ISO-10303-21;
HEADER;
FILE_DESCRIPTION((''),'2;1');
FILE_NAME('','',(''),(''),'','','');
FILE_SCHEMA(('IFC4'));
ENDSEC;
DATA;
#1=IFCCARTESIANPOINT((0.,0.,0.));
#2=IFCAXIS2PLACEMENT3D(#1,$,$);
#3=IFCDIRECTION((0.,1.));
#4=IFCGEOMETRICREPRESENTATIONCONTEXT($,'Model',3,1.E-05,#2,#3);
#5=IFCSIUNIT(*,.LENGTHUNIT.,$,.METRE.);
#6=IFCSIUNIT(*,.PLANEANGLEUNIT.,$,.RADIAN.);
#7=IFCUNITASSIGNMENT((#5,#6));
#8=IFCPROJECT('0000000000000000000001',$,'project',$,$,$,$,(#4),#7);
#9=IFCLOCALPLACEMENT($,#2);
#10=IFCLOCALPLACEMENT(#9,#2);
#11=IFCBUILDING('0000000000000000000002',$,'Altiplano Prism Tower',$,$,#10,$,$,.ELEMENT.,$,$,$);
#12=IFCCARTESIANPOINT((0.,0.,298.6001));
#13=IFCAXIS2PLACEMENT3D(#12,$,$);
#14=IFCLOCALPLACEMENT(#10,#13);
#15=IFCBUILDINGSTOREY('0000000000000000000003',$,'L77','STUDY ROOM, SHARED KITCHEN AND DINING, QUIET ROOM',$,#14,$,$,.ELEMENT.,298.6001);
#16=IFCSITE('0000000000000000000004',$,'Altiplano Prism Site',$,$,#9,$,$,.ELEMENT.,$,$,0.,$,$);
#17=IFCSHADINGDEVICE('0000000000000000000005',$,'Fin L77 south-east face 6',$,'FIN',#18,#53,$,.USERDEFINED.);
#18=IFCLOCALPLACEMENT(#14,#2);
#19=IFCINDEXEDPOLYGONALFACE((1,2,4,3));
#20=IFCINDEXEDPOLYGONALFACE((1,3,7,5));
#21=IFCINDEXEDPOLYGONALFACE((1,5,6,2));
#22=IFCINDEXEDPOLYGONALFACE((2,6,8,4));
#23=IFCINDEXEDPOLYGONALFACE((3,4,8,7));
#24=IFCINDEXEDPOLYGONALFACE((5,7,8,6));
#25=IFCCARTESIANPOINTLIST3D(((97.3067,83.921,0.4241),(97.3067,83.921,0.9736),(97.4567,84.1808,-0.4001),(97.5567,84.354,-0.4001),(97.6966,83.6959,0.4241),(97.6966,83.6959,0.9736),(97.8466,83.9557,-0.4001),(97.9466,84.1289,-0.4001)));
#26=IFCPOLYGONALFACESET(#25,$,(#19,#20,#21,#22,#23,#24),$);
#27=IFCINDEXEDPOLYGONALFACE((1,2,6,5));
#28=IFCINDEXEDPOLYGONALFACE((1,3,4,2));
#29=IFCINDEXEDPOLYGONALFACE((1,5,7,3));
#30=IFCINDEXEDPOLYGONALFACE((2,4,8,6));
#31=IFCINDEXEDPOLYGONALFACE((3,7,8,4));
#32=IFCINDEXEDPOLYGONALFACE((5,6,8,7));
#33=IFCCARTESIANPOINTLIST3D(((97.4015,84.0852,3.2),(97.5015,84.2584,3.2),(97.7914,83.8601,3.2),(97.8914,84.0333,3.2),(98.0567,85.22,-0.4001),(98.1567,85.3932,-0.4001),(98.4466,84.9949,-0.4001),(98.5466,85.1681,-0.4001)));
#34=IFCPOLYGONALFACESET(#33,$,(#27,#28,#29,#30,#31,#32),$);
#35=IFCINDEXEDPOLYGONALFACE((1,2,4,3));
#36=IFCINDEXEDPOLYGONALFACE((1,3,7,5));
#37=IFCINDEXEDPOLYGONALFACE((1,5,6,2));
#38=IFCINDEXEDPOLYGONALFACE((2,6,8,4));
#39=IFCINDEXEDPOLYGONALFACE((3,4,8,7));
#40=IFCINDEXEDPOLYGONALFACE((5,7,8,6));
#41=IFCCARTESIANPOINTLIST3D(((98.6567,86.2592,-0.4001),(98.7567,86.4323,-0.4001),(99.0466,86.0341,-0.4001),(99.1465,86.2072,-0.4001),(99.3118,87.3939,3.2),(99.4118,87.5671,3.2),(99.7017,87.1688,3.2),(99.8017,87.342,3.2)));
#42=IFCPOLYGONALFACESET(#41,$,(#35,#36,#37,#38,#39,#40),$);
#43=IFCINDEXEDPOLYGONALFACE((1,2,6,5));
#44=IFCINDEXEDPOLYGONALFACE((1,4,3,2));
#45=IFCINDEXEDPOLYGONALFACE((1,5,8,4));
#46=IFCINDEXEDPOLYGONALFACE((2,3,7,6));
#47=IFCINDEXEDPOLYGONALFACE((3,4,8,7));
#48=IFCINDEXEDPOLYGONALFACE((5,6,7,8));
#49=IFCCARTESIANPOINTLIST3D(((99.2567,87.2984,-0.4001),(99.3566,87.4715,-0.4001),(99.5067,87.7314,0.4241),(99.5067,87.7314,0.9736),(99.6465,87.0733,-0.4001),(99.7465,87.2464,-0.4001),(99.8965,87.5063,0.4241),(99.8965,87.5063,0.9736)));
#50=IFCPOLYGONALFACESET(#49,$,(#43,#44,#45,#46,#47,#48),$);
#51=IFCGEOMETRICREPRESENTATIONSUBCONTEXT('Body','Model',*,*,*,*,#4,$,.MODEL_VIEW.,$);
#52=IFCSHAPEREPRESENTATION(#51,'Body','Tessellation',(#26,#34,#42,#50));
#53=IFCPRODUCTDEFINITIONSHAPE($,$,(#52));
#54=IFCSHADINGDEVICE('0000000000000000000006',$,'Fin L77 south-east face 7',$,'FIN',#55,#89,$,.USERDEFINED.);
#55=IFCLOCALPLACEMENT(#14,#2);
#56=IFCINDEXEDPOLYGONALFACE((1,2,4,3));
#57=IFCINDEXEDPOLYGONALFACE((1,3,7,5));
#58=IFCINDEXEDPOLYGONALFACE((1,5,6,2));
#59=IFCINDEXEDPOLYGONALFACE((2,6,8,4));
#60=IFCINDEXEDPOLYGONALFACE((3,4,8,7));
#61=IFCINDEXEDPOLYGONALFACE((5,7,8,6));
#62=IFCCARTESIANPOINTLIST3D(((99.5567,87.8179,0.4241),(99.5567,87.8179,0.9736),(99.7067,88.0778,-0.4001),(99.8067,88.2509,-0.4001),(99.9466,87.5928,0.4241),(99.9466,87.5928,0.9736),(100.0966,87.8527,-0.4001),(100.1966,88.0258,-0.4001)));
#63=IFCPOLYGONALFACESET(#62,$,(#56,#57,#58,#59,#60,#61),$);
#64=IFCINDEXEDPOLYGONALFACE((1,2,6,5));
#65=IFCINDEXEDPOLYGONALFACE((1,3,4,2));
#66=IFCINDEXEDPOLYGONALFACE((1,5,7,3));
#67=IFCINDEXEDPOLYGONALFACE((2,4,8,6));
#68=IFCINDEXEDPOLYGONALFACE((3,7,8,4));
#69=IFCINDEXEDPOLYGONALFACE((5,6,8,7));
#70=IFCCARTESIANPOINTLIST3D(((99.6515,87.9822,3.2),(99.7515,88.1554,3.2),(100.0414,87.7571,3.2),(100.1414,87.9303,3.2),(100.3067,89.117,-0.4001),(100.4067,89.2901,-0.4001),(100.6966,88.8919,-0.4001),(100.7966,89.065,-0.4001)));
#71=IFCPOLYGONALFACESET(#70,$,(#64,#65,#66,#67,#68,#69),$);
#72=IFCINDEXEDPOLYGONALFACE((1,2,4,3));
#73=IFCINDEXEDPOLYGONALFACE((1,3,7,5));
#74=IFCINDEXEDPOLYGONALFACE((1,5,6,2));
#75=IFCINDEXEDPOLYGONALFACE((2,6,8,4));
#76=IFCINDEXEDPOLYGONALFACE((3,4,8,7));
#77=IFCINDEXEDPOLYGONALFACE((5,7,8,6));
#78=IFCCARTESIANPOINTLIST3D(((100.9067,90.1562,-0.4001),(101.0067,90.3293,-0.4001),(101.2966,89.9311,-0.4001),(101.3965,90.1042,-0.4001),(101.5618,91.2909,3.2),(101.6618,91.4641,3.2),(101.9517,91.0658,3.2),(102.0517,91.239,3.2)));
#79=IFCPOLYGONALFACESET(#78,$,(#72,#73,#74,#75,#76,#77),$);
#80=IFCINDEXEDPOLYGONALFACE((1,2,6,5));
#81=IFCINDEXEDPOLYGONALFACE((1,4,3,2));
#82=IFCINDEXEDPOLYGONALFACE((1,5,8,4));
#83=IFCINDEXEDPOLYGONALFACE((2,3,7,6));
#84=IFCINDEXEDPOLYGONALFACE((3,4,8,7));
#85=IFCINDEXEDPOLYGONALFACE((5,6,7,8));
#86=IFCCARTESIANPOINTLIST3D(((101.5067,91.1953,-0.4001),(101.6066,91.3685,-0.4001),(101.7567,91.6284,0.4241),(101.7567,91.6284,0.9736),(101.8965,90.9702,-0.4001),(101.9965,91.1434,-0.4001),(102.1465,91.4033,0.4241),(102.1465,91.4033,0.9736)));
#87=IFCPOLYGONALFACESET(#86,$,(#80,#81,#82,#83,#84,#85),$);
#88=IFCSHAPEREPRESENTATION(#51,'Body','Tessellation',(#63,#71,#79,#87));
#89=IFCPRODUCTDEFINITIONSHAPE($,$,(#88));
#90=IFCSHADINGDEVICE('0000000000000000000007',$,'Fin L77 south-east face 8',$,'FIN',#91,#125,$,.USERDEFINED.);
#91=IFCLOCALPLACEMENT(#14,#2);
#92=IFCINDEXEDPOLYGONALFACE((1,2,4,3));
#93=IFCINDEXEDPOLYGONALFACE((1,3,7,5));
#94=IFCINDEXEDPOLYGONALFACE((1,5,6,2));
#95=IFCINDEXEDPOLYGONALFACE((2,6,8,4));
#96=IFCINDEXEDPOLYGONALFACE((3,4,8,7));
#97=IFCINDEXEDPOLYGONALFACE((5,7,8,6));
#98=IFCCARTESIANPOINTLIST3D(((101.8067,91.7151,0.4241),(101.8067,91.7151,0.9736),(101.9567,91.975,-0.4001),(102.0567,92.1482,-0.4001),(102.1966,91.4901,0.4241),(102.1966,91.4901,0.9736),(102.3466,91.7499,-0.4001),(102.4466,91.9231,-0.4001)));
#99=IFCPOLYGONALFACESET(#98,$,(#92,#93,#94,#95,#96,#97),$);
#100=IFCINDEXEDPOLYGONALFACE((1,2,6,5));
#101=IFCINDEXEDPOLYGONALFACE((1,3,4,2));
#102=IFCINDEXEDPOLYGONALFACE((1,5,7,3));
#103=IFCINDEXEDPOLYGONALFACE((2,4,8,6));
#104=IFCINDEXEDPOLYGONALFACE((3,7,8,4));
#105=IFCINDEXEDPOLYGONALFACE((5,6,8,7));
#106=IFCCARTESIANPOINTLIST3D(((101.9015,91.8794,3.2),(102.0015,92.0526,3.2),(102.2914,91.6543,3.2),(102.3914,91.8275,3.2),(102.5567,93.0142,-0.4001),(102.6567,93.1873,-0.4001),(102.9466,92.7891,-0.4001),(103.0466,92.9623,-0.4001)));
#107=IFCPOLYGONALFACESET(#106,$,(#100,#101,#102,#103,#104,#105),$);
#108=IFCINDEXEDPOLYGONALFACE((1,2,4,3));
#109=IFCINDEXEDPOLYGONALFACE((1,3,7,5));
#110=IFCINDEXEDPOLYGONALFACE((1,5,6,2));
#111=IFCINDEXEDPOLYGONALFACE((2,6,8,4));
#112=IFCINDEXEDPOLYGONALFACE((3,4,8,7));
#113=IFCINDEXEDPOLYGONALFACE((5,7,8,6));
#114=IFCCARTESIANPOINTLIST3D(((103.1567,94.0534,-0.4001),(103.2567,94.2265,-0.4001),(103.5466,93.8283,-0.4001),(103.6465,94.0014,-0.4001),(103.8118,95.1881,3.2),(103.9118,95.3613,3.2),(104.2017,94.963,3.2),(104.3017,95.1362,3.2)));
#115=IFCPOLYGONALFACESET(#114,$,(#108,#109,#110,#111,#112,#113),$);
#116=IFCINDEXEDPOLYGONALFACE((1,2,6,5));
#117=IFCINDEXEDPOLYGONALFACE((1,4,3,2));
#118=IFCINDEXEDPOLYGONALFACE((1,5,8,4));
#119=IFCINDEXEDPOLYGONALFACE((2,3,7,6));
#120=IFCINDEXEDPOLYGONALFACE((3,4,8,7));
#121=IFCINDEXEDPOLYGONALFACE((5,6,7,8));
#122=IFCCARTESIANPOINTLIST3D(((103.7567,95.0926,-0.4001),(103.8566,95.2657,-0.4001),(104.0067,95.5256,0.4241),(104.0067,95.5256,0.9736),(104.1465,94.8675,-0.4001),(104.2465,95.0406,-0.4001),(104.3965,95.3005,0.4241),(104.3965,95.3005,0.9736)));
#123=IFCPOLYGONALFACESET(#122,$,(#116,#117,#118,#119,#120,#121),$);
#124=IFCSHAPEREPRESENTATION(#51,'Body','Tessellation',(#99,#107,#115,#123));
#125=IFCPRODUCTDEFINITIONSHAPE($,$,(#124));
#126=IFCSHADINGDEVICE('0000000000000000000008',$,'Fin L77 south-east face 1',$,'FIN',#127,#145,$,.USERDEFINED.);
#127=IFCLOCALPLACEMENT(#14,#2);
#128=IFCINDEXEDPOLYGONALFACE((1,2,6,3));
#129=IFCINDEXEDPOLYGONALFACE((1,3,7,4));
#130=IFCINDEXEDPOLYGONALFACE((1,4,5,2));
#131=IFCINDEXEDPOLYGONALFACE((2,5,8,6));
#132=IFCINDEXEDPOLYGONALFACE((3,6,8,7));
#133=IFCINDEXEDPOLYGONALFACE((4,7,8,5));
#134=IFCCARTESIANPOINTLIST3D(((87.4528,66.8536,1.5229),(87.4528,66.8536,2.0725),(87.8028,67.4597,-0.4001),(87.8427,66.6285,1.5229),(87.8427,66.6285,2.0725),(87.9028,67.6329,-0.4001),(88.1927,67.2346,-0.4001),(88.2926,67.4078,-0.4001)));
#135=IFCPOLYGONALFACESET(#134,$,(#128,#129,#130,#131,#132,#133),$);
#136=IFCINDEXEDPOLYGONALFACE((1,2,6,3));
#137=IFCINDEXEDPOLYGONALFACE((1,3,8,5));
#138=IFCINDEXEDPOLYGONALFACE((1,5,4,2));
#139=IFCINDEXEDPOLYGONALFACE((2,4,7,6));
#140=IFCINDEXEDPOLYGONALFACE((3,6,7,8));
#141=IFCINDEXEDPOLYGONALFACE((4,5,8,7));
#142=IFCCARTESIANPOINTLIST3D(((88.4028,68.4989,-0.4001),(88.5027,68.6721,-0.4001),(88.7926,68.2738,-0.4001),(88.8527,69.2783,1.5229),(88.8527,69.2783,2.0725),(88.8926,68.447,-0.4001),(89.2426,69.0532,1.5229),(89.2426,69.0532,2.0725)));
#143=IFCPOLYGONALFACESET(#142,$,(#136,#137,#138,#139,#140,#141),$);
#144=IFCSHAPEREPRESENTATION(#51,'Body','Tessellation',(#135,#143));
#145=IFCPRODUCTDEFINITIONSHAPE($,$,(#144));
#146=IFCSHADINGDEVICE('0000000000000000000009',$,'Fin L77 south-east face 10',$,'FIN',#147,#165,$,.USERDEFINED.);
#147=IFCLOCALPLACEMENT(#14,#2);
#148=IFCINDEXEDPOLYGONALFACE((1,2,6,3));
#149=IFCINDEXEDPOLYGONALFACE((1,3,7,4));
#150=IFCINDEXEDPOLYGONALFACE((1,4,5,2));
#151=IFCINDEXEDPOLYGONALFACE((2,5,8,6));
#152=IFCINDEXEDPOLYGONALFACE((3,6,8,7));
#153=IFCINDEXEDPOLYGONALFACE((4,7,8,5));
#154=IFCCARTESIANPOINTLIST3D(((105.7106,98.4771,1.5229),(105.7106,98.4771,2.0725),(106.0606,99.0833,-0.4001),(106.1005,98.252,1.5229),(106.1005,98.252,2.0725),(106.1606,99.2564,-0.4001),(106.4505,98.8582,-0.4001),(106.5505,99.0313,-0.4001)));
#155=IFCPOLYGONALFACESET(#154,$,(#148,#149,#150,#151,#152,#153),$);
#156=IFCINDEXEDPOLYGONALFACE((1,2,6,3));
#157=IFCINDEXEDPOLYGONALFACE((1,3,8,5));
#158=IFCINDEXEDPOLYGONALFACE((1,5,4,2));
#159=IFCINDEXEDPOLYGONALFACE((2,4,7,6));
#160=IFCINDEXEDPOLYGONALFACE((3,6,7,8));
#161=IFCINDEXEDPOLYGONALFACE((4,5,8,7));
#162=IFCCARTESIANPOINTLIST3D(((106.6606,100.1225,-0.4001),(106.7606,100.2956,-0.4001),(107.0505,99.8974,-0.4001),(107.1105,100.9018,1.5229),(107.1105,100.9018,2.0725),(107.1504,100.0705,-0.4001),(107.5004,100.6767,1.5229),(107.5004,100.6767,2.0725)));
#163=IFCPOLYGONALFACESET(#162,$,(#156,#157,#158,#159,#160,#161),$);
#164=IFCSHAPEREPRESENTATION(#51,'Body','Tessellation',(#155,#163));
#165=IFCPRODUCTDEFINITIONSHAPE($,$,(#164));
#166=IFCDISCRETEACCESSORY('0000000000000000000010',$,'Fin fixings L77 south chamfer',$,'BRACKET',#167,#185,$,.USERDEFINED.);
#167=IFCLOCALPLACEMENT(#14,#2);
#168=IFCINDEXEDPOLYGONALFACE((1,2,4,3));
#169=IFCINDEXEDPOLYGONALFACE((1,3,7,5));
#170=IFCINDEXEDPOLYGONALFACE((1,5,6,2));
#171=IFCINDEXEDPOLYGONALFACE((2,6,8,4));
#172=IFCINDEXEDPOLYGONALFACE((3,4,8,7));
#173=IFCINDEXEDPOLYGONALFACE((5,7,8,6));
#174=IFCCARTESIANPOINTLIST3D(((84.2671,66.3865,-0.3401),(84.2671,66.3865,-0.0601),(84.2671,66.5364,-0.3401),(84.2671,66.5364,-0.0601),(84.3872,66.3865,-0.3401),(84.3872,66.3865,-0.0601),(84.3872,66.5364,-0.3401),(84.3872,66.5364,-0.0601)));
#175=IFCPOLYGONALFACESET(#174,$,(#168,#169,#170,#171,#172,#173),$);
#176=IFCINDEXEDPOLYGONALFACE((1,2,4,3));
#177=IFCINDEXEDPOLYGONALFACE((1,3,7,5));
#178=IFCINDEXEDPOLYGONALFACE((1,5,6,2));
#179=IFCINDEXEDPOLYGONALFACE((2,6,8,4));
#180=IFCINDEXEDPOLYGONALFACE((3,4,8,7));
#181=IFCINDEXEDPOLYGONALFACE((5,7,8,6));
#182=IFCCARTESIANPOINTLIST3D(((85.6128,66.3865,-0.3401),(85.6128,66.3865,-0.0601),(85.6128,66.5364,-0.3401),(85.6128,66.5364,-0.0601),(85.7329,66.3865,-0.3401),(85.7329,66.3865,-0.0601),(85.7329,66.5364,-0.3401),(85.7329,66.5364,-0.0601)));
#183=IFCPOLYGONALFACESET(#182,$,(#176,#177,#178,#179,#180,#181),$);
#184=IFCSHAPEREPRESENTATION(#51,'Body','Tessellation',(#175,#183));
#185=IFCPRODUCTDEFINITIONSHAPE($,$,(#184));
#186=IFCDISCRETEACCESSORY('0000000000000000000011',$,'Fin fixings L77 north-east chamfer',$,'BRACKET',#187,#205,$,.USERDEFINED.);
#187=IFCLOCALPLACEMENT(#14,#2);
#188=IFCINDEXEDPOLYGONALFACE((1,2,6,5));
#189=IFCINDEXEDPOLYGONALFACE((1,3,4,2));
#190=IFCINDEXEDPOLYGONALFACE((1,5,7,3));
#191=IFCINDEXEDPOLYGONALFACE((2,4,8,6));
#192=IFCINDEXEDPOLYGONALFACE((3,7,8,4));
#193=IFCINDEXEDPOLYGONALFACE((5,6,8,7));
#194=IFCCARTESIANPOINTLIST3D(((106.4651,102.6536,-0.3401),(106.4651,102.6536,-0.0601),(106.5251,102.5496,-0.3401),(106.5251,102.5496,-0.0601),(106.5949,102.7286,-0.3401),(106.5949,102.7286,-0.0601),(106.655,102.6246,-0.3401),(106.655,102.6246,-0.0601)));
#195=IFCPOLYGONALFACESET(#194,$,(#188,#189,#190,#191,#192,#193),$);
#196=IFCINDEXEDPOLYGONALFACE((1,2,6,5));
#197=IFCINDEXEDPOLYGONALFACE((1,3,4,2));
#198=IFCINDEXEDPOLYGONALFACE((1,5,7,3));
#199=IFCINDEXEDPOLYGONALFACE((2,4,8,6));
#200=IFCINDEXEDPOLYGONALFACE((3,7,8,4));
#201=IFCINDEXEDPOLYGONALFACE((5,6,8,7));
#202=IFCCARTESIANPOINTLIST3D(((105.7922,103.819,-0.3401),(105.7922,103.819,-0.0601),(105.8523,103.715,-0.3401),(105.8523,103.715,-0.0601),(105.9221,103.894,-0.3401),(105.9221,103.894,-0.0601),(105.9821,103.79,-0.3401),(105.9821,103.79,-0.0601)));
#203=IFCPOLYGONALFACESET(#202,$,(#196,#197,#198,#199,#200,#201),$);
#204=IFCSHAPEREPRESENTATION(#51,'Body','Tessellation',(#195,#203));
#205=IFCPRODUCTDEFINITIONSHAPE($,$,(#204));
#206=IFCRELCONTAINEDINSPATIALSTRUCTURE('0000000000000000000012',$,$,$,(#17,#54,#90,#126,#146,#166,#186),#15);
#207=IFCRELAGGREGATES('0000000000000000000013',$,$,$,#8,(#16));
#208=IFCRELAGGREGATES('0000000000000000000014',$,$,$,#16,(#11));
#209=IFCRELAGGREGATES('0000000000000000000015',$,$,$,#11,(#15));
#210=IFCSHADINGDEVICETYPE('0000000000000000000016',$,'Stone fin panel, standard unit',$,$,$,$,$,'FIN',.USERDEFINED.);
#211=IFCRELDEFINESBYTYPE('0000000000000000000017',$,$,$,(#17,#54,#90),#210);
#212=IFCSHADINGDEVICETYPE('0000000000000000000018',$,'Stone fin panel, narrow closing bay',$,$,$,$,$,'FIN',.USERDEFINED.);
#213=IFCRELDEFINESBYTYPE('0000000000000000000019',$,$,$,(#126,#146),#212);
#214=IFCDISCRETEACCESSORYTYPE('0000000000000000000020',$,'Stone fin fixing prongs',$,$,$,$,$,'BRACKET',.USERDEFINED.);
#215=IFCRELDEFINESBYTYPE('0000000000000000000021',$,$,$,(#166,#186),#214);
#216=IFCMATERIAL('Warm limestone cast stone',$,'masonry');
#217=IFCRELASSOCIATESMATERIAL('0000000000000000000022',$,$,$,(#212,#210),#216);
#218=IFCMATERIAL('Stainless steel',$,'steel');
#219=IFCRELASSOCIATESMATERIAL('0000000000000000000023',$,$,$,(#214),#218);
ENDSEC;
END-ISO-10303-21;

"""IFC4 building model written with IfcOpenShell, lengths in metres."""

from ifc_helpers import new_model, si_unit, direction, frame, origin, place, context, subcontext, project, spatial, polyline, outline, extrude, source, transform, mapped, material, type_object, element, save


model = new_model("IFC4")

# Units and contexts
model_context = context("Model", 3, precision=1e-05, world=origin(), true_north=direction((0.0, 1.0)))
body_context = subcontext(model_context, "Body", "Model", "MODEL_VIEW")
ifc_project = project(units=[si_unit("LENGTHUNIT", "METRE"), si_unit("PLANEANGLEUNIT", "RADIAN")], contexts=[model_context])

# Site, building, storey
site_placement = place(None, origin())
site = spatial("IfcSite", under=ifc_project, at=site_placement, Name="Altiplano Prism Site", CompositionType="ELEMENT", RefElevation=0.0)
building_placement = place(site_placement, origin())
building = spatial("IfcBuilding", under=site, at=building_placement, Name="Altiplano Prism Tower", CompositionType="ELEMENT")
storey_placement = place(building_placement, frame((0.0, 0.0, 298.6001)))
storey = spatial("IfcBuildingStorey", under=building, at=storey_placement, Name="L77", Description="STUDY ROOM, SHARED KITCHEN AND DINING, QUIET ROOM", CompositionType="ELEMENT", Elevation=298.6001)

# Shading devices
ifc_material_1 = material(Name="Warm limestone cast stone", Category="masonry")
shading_device_type_1 = type_object("IfcShadingDeviceType", Name="Stone fin panel, narrow closing bay", ElementType="FIN", PredefinedType="USERDEFINED", material=ifc_material_1)
shading_device_type_2 = type_object("IfcShadingDeviceType", Name="Stone fin panel, standard unit", ElementType="FIN", PredefinedType="USERDEFINED", material=ifc_material_1)
shared_shape_1 = source(origin(), body_context, "Body", "SweptSolid", [
    extrude(outline(polyline([(-2.2, 1.3738), (-2.2, 0.8242), (-1.8999, 0.0), (-1.7, 0.0), (-2.2, 1.3738)])), frame((0.0, -0.1499, 0.0), z_axis=(0.0, -1.0, 0.0), x_axis=(1.0, 0.0, 0.0)), (0.0, 0.0, 1.0), 0.4502),
    extrude(outline(polyline([(-2.0103, 3.6001), (-0.7, 0.0), (-0.5, 0.0), (-1.8103, 3.6001), (-2.0103, 3.6001)])), frame((0.0, -0.1499, 0.0), z_axis=(0.0, -1.0, 0.0), x_axis=(1.0, 0.0, 0.0)), (0.0, 0.0, 1.0), 0.4502),
    extrude(outline(polyline([(1.8103, 3.6001), (0.5, 0.0), (0.7, 0.0), (2.0103, 3.6001), (1.8103, 3.6001)])), frame((0.0, -0.1499, 0.0), z_axis=(0.0, -1.0, 0.0), x_axis=(1.0, 0.0, 0.0)), (0.0, 0.0, 1.0), 0.4502),
    extrude(outline(polyline([(2.2, 0.8242), (2.2, 1.3738), (1.7, 0.0), (1.8999, 0.0), (2.2, 0.8242)])), frame((0.0, -0.1499, 0.0), z_axis=(0.0, -1.0, 0.0), x_axis=(1.0, 0.0, 0.0)), (0.0, 0.0, 1.0), 0.4502),
])
shading_device_1_placement = place(storey_placement, origin())
element("IfcShadingDevice", 1, at=shading_device_1_placement, inside=storey, type_object=shading_device_type_2, Name="Fin L77 south-east face 6", ObjectType="FIN", PredefinedType="USERDEFINED", context=body_context, shape_type="MappedRepresentation", body=[
    mapped(shared_shape_1, transform((98.2769, 85.9011, -0.4001), x_axis=(0.5, 0.866025, 0.0), y_axis=(-0.866025, 0.5, 0.0), z_axis=(0.0, 0.0, 1.0))),
])
shading_device_2_placement = place(storey_placement, origin())
element("IfcShadingDevice", 2, at=shading_device_2_placement, inside=storey, type_object=shading_device_type_2, Name="Fin L77 south-east face 7", ObjectType="FIN", PredefinedType="USERDEFINED", context=body_context, shape_type="MappedRepresentation", body=[
    mapped(shared_shape_1, transform((100.5269, 89.7981, -0.4001), x_axis=(0.5, 0.866025, 0.0), y_axis=(-0.866025, 0.5, 0.0), z_axis=(0.0, 0.0, 1.0))),
])
shading_device_3_placement = place(storey_placement, origin())
element("IfcShadingDevice", 3, at=shading_device_3_placement, inside=storey, type_object=shading_device_type_2, Name="Fin L77 south-east face 8", ObjectType="FIN", PredefinedType="USERDEFINED", context=body_context, shape_type="MappedRepresentation", body=[
    mapped(shared_shape_1, transform((102.7769, 93.6953, -0.4001), x_axis=(0.5, 0.866025, 0.0), y_axis=(-0.866025, 0.5, 0.0), z_axis=(0.0, 0.0, 1.0))),
])
shared_shape_2 = source(origin(), body_context, "Body", "SweptSolid", [
    extrude(outline(polyline([(-1.3999, 2.4727), (-1.3999, 1.9231), (-0.7, 0.0), (-0.5, 0.0), (-1.3999, 2.4727)])), frame((0.0, -0.1499, 0.0), z_axis=(0.0, -1.0, 0.0), x_axis=(1.0, 0.0, 0.0)), (0.0, 0.0, 1.0), 0.4502),
    extrude(outline(polyline([(1.3999, 1.9231), (1.3999, 2.4727), (0.5, 0.0), (0.7, 0.0), (1.3999, 1.9231)])), frame((0.0, -0.1499, 0.0), z_axis=(0.0, -1.0, 0.0), x_axis=(1.0, 0.0, 0.0)), (0.0, 0.0, 1.0), 0.4502),
])
shading_device_4_placement = place(storey_placement, origin())
element("IfcShadingDevice", 4, at=shading_device_4_placement, inside=storey, type_object=shading_device_type_1, Name="Fin L77 south-east face 1", ObjectType="FIN", PredefinedType="USERDEFINED", context=body_context, shape_type="MappedRepresentation", body=[
    mapped(shared_shape_2, transform((88.0229, 68.1409, -0.4001), x_axis=(0.5, 0.866025, 0.0), y_axis=(-0.866025, 0.5, 0.0), z_axis=(0.0, 0.0, 1.0))),
])
shading_device_5_placement = place(storey_placement, origin())
element("IfcShadingDevice", 5, at=shading_device_5_placement, inside=storey, type_object=shading_device_type_1, Name="Fin L77 south-east face 10", ObjectType="FIN", PredefinedType="USERDEFINED", context=body_context, shape_type="MappedRepresentation", body=[
    mapped(shared_shape_2, transform((106.2808, 99.7644, -0.4001), x_axis=(0.5, 0.866025, 0.0), y_axis=(-0.866025, 0.5, 0.0), z_axis=(0.0, 0.0, 1.0))),
])

# Discrete accessories
ifc_material_2 = material(Name="Stainless steel", Category="steel")
discrete_accessory_type = type_object("IfcDiscreteAccessoryType", Name="Stone fin fixing prongs", ElementType="BRACKET", PredefinedType="USERDEFINED", material=ifc_material_2)
shared_shape_3 = source(origin(), body_context, "Body", "SweptSolid", [
    extrude(outline(polyline([(-0.7329, 0.0601), (-0.6128, 0.0601), (-0.6128, 0.3401), (-0.7329, 0.3401), (-0.7329, 0.0601)])), frame((0.0, 0.0, 0.0), z_axis=(0.0, -1.0, 0.0), x_axis=(1.0, 0.0, 0.0)), (0.0, 0.0, 1.0), 0.1499),
    extrude(outline(polyline([(0.6128, 0.0601), (0.7329, 0.0601), (0.7329, 0.3401), (0.6128, 0.3401), (0.6128, 0.0601)])), frame((0.0, 0.0, 0.0), z_axis=(0.0, -1.0, 0.0), x_axis=(1.0, 0.0, 0.0)), (0.0, 0.0, 1.0), 0.1499),
])
discrete_accessory_1_placement = place(storey_placement, origin())
element("IfcDiscreteAccessory", 6, at=discrete_accessory_1_placement, inside=storey, type_object=discrete_accessory_type, Name="Fin fixings L77 south chamfer", ObjectType="BRACKET", PredefinedType="USERDEFINED", context=body_context, shape_type="MappedRepresentation", body=[
    mapped(shared_shape_3, transform((85.0, 66.5364, -0.4001), x_axis=(1.0, 0.0, 0.0), y_axis=(0.0, 1.0, 0.0), z_axis=(0.0, 0.0, 1.0))),
])
discrete_accessory_2_placement = place(storey_placement, origin())
element("IfcDiscreteAccessory", 7, at=discrete_accessory_2_placement, inside=storey, type_object=discrete_accessory_type, Name="Fin fixings L77 north-east chamfer", ObjectType="BRACKET", PredefinedType="USERDEFINED", context=body_context, shape_type="MappedRepresentation", body=[
    mapped(shared_shape_3, transform((106.1587, 103.1843, -0.4001), x_axis=(-0.5, 0.866025, 0.0), y_axis=(-0.866025, -0.5, 0.0), z_axis=(0.0, 0.0, 1.0))),
])

save(model, "model.ifc")
